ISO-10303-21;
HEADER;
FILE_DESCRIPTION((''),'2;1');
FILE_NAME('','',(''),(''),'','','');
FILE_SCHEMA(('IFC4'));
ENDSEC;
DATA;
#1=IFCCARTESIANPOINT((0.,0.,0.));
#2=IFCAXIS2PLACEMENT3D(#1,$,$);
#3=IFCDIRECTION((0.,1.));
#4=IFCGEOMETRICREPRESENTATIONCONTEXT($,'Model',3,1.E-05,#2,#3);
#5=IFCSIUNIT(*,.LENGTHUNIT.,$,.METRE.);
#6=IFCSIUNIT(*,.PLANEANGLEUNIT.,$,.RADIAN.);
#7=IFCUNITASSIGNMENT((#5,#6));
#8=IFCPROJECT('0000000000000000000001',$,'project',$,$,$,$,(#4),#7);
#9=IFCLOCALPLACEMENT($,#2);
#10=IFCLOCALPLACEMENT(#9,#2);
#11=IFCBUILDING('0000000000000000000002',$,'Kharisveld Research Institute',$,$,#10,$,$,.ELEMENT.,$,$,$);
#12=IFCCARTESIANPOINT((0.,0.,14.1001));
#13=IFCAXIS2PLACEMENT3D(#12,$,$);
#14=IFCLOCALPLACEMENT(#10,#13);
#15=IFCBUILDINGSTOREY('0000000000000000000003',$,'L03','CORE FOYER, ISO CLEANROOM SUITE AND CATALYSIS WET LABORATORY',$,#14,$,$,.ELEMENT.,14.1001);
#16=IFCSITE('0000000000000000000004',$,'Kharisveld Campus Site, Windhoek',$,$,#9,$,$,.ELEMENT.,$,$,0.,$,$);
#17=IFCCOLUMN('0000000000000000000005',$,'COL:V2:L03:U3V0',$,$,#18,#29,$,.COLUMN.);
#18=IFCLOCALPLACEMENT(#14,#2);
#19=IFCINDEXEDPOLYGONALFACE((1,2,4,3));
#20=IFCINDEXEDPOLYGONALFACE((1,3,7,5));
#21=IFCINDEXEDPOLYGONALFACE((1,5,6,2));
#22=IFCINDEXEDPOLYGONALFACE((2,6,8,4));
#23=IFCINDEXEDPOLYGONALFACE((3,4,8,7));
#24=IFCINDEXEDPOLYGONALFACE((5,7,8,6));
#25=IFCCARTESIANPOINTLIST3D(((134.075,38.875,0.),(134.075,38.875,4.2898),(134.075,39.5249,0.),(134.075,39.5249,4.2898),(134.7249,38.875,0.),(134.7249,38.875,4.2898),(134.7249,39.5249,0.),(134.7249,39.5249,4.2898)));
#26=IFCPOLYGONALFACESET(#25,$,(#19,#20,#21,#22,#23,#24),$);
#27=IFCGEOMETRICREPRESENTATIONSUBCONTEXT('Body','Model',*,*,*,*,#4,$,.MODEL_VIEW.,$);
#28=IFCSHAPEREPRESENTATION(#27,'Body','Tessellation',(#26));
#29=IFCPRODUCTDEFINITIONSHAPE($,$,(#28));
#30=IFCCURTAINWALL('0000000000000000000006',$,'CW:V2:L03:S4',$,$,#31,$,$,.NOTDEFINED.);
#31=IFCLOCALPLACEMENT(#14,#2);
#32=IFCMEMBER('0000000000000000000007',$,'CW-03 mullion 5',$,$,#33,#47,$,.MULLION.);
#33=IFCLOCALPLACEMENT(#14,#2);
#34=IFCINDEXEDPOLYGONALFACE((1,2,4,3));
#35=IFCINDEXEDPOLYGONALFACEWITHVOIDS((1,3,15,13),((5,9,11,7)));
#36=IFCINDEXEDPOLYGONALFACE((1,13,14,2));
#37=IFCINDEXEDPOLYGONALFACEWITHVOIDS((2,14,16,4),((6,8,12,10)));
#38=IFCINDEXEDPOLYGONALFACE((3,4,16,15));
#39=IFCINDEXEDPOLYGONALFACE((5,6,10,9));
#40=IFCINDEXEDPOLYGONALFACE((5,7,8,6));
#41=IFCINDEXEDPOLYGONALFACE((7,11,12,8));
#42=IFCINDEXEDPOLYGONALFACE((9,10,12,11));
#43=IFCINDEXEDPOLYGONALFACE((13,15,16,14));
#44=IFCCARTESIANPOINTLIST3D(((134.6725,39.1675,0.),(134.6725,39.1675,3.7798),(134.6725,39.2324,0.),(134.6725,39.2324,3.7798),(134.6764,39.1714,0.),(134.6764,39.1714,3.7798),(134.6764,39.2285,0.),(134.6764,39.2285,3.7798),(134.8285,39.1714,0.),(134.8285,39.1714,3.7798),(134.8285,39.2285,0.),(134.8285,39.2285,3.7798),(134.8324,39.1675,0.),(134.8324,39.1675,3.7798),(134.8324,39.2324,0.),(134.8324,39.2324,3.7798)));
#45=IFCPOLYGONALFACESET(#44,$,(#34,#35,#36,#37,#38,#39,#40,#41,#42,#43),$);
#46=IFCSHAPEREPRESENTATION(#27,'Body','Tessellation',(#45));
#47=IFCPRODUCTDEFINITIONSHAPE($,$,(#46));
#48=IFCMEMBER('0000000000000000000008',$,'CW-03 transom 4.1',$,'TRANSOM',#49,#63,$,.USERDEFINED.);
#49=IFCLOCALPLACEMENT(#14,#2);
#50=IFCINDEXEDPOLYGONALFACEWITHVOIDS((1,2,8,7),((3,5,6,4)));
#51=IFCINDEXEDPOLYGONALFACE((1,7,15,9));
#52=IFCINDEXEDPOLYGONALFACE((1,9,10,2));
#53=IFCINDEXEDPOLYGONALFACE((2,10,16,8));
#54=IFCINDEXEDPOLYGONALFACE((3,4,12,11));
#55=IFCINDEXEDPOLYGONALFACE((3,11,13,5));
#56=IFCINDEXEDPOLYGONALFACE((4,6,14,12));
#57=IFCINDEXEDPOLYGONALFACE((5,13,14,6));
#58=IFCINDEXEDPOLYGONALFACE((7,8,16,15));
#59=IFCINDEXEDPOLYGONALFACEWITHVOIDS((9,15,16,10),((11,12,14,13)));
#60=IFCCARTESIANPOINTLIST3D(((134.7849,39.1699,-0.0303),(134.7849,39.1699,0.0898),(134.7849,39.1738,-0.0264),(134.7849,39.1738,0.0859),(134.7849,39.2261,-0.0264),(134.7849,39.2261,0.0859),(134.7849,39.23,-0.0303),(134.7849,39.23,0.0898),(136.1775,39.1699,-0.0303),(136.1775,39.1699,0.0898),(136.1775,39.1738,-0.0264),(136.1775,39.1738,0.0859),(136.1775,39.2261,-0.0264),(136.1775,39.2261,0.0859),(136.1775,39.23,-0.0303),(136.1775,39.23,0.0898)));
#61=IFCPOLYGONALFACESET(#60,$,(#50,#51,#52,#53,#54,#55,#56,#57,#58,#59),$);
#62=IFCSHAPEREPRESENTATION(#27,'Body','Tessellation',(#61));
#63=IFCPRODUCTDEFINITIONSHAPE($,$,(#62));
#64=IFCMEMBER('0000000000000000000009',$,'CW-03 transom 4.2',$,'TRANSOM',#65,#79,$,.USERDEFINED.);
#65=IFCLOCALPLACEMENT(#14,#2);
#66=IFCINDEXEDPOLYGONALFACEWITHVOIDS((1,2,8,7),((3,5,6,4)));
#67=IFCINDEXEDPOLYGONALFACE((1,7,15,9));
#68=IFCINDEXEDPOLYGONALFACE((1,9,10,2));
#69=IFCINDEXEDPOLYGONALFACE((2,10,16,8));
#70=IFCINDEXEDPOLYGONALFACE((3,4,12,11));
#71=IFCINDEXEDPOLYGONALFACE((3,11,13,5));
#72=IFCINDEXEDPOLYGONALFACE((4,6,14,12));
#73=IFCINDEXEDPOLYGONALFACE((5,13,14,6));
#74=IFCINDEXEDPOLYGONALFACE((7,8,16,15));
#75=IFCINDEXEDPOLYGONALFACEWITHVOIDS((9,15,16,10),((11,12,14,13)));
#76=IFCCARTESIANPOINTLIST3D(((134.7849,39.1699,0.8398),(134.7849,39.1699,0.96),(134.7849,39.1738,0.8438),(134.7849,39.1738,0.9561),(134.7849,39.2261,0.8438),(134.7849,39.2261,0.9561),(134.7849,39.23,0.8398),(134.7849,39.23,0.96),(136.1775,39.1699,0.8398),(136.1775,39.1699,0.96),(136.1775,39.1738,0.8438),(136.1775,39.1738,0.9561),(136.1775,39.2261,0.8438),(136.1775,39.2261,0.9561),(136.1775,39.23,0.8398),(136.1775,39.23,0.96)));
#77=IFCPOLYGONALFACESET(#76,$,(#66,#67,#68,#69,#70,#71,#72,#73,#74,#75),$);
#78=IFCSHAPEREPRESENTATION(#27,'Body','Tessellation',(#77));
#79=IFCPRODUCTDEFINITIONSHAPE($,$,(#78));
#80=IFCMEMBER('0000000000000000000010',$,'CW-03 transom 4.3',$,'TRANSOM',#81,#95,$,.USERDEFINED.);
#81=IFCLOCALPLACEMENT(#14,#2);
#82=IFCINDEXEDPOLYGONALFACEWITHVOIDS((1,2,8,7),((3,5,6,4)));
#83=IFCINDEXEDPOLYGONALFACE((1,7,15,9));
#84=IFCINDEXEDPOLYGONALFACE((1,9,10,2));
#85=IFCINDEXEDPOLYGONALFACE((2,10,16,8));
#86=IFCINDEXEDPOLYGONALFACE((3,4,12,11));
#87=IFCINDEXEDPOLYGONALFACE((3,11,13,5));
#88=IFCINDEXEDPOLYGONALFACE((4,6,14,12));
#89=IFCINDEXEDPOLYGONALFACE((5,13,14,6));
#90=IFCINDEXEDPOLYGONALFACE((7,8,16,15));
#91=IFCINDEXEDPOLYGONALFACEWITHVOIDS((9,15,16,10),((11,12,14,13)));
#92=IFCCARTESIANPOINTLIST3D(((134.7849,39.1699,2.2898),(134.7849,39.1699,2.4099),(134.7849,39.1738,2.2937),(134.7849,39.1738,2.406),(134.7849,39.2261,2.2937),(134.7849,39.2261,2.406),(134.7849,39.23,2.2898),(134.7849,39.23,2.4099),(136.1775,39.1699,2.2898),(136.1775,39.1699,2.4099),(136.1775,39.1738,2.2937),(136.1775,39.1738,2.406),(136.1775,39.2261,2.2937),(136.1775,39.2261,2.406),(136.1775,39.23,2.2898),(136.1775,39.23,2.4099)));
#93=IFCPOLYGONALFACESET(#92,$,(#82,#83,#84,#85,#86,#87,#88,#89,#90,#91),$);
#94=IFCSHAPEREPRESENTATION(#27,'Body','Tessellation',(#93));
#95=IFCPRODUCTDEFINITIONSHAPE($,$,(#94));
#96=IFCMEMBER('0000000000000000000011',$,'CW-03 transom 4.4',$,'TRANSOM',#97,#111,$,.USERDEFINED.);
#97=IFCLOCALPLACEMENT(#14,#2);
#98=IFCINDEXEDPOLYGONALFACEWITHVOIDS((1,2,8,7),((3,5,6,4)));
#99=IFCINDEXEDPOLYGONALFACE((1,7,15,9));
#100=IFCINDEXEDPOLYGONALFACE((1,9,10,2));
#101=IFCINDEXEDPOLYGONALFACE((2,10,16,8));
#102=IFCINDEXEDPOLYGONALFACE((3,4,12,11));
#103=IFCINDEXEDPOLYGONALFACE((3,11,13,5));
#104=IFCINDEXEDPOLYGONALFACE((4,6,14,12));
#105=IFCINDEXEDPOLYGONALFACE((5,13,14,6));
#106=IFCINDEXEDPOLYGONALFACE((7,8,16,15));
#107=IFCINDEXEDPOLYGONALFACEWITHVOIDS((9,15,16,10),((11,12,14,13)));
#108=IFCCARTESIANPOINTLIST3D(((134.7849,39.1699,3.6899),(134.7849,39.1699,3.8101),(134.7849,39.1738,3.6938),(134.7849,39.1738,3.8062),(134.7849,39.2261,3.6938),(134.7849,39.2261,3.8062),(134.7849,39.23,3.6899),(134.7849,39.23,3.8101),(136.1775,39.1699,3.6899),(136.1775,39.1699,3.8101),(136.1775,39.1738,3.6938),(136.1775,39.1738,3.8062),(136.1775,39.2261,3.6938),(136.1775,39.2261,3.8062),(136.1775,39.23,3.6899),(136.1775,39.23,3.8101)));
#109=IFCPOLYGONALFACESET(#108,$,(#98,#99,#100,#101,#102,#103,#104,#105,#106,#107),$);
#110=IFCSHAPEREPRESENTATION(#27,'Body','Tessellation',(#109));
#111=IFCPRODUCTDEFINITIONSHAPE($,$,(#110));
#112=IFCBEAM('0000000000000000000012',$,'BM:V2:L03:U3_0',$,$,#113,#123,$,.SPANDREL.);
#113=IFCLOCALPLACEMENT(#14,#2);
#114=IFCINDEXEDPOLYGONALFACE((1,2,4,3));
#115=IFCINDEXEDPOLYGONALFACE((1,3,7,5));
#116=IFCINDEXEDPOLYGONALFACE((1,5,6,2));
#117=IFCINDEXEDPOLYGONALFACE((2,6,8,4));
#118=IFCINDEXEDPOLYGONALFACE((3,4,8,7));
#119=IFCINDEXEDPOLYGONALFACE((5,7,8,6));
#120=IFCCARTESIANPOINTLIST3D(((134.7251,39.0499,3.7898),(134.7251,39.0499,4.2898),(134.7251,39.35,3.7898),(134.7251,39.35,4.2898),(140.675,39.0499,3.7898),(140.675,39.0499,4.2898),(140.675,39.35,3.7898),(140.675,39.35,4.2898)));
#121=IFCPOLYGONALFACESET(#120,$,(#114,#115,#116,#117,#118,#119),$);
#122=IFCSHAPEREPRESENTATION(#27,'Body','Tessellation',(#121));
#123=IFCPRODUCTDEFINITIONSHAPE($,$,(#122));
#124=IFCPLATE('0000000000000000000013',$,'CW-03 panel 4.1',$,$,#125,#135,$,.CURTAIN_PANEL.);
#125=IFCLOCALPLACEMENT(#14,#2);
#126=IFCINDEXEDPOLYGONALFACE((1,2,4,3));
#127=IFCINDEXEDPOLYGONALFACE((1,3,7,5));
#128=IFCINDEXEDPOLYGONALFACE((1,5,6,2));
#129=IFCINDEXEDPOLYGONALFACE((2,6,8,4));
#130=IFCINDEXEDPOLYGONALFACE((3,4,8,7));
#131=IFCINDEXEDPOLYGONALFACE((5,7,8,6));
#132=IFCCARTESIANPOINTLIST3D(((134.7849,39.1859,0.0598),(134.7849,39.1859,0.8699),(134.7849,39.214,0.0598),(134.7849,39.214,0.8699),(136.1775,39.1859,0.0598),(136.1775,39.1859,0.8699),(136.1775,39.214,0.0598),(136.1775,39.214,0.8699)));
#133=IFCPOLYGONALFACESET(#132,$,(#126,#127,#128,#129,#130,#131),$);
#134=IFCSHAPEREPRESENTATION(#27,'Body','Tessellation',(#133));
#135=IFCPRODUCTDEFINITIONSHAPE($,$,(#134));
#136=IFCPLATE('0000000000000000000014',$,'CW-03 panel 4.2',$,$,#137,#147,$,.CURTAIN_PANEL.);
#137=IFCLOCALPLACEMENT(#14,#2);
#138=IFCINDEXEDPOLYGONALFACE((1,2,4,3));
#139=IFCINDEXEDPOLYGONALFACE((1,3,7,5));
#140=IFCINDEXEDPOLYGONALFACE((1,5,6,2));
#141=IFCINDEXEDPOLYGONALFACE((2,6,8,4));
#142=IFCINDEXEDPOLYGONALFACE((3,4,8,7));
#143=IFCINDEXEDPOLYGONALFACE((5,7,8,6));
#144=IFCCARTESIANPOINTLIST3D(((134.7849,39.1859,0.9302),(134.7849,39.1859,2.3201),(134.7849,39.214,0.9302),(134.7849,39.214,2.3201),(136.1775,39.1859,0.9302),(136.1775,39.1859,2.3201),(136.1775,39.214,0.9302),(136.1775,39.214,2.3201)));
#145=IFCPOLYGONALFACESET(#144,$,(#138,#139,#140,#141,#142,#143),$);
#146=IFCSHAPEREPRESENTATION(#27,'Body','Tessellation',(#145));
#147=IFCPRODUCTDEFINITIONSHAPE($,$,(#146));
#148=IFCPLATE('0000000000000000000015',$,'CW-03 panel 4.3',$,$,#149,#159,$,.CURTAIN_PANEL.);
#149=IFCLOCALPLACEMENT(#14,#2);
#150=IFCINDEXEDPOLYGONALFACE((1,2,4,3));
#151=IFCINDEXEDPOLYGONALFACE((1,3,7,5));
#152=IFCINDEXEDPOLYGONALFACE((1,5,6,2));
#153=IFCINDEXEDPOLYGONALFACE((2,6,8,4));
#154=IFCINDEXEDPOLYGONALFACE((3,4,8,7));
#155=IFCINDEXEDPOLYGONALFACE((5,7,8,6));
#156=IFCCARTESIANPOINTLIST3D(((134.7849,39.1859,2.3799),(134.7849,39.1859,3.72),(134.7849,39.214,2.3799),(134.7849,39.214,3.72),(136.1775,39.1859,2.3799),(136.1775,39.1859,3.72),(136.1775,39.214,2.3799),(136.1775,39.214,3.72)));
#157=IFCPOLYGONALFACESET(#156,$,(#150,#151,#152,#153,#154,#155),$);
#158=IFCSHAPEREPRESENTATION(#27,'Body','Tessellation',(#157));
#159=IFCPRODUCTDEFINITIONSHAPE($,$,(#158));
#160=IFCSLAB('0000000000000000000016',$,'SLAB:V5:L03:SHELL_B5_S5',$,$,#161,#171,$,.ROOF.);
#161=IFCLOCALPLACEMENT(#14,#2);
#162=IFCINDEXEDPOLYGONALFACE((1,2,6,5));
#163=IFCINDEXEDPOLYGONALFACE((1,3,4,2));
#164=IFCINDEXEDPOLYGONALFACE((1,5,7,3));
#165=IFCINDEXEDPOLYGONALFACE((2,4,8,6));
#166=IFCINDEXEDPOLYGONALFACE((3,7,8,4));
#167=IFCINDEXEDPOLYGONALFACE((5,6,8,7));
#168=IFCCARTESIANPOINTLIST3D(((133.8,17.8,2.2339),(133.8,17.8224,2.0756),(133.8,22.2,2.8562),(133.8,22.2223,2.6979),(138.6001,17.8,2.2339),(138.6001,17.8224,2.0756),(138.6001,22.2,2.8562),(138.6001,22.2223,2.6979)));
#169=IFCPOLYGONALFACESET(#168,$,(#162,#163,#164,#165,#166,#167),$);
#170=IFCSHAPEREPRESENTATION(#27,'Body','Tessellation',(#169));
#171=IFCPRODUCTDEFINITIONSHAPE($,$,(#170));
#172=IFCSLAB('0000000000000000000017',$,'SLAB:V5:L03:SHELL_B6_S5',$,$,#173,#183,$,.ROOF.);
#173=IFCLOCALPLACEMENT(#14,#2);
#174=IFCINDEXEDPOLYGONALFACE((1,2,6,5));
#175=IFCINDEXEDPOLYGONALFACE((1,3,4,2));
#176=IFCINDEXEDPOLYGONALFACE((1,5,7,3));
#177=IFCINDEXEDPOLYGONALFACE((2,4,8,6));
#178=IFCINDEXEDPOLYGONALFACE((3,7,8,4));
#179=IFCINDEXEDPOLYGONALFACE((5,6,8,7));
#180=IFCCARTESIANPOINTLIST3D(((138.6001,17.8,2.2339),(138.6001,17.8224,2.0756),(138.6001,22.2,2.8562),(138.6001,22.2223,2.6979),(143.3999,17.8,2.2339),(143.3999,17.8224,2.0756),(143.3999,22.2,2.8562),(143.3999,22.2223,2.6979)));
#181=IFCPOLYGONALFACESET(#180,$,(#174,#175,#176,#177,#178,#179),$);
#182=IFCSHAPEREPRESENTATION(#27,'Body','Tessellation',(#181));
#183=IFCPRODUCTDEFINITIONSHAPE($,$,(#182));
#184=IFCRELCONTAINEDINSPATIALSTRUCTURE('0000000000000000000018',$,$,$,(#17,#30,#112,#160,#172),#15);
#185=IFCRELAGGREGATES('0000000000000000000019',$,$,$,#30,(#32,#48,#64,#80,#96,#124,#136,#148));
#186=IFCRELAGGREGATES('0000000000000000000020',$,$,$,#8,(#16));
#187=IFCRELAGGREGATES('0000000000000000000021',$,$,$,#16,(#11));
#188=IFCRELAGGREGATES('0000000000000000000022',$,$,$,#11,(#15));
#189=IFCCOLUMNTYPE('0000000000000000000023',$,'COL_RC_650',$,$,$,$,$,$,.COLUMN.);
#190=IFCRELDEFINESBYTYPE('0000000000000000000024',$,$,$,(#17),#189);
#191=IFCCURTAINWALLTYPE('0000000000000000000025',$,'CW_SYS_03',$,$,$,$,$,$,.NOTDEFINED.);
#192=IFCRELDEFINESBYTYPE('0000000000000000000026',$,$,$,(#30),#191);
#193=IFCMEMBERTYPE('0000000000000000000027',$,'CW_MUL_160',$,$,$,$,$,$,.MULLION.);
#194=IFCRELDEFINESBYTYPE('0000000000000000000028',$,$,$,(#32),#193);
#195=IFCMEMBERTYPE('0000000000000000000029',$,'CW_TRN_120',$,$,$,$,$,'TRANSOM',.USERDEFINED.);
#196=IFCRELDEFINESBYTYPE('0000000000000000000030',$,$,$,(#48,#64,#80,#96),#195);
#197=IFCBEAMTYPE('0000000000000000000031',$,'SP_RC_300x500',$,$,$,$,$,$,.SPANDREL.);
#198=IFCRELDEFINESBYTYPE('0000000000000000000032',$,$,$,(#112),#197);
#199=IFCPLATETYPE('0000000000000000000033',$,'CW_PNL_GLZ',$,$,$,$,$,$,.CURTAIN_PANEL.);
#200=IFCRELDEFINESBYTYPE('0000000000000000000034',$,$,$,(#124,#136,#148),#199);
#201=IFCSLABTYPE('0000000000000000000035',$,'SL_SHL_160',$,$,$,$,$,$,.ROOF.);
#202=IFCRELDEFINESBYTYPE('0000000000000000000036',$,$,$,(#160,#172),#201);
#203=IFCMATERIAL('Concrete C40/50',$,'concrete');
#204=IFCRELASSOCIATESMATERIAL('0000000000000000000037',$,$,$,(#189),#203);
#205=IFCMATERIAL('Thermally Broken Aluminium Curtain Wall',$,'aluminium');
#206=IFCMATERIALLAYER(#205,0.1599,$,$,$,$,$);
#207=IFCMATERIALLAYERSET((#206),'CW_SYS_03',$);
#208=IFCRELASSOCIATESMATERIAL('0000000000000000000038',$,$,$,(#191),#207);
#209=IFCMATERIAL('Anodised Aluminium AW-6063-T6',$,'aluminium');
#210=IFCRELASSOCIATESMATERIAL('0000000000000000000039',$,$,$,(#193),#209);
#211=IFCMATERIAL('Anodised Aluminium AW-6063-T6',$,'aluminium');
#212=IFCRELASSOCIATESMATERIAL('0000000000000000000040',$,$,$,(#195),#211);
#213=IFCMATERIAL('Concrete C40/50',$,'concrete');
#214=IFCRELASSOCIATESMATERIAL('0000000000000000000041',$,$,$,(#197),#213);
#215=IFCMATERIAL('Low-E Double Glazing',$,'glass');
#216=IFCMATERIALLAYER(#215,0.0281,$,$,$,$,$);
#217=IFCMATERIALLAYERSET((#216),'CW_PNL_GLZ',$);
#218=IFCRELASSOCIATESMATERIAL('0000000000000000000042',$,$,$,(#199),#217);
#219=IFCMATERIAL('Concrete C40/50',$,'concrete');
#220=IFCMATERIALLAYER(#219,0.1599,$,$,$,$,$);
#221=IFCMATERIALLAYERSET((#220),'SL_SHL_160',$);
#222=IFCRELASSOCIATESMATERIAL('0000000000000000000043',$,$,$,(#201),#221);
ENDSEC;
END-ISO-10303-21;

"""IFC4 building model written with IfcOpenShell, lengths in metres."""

from ifc_helpers import new_model, si_unit, direction, frame, origin, origin_2d, place, context, subcontext, project, spatial, polyline, rectangle, hollow_rectangle, outline, extrude, material, layer, layer_set, material_profile, profile_set, type_object, element, aggregate, save


model = new_model("IFC4")

# Units and contexts
model_context = context("Model", 3, precision=1e-05, world=origin(), true_north=direction((0.0, 1.0)))
body_context = subcontext(model_context, "Body", "Model", "MODEL_VIEW")
ifc_project = project(units=[si_unit("LENGTHUNIT", "METRE"), si_unit("PLANEANGLEUNIT", "RADIAN")], contexts=[model_context])

# Site, building, storey
site_placement = place(None, origin())
site = spatial("IfcSite", under=ifc_project, at=site_placement, Name="Kharisveld Campus Site, Windhoek", CompositionType="ELEMENT", RefElevation=0.0)
building_placement = place(site_placement, origin())
building = spatial("IfcBuilding", under=site, at=building_placement, Name="Kharisveld Research Institute", CompositionType="ELEMENT")
storey_placement = place(building_placement, frame((0.0, 0.0, 14.1001)))
storey = spatial("IfcBuildingStorey", under=building, at=storey_placement, Name="L03", Description="CORE FOYER, ISO CLEANROOM SUITE AND CATALYSIS WET LABORATORY", CompositionType="ELEMENT", Elevation=14.1001)

# Column
ifc_material_1 = material(Name="Concrete C40/50", Category="concrete")
ifc_material_profile_1 = material_profile(ifc_material_1, rectangle(XDim=0.6499, YDim=0.6499, at=origin_2d()))
ifc_profile_set_1 = profile_set([ifc_material_profile_1], Name="Concrete C40/50")
column_type = type_object("IfcColumnType", Name="COL_RC_650", PredefinedType="COLUMN", material=ifc_profile_set_1)
column_placement = place(storey_placement, frame((134.3999, 39.2, 0.0), z_axis=(0.0, 0.0, 1.0), x_axis=(1.0, 0.0, 0.0)))
element("IfcColumn", 1, at=column_placement, inside=storey, type_object=column_type, Name="COL:V2:L03:U3V0", PredefinedType="COLUMN", context=body_context, shape_type="SweptSolid", body=[
    extrude(rectangle(XDim=0.6499, YDim=0.6499, at=origin_2d()), origin(), (0.0, 0.0, 1.0), 4.2898),
])

# Curtain wall, members
ifc_material_2 = material(Name="Thermally Broken Aluminium Curtain Wall", Category="aluminium")
ifc_layer_1 = layer(ifc_material_2, 0.1599)
ifc_layer_set_1 = layer_set([ifc_layer_1], Name="CW_SYS_03")
curtain_wall_type = type_object("IfcCurtainWallType", Name="CW_SYS_03", PredefinedType="NOTDEFINED", material=ifc_layer_set_1)
curtain_wall_placement = place(storey_placement, origin())
curtain_wall = element("IfcCurtainWall", 2, at=curtain_wall_placement, inside=storey, type_object=curtain_wall_type, Name="CW:V2:L03:S4", PredefinedType="NOTDEFINED")
ifc_material_3 = material(Name="Anodised Aluminium AW-6063-T6", Category="aluminium")
ifc_material_profile_2 = material_profile(ifc_material_3, hollow_rectangle(XDim=0.0649, YDim=0.1599, WallThickness=0.0039, at=origin_2d()))
ifc_profile_set_2 = profile_set([ifc_material_profile_2], Name="Anodised Aluminium AW-6063-T6")
member_type_1 = type_object("IfcMemberType", Name="CW_MUL_160", PredefinedType="MULLION", material=ifc_profile_set_2)
member_1_placement = place(storey_placement, frame((134.7524, 39.2, 0.0), z_axis=(0.0, 0.0, 1.0), x_axis=(0.0, -1.0, 0.0)))
member_1 = element("IfcMember", 3, at=member_1_placement, type_object=member_type_1, Name="CW-03 mullion 5", PredefinedType="MULLION", context=body_context, shape_type="SweptSolid", body=[
    extrude(hollow_rectangle(XDim=0.0649, YDim=0.1599, WallThickness=0.0039, at=origin_2d()), origin(), (0.0, 0.0, 1.0), 3.7798),
])
ifc_material_4 = material(Name="Anodised Aluminium AW-6063-T6", Category="aluminium")
ifc_material_profile_3 = material_profile(ifc_material_4, hollow_rectangle(XDim=0.0601, YDim=0.1201, WallThickness=0.0039, at=origin_2d()))
ifc_profile_set_3 = profile_set([ifc_material_profile_3], Name="Anodised Aluminium AW-6063-T6")
member_type_2 = type_object("IfcMemberType", Name="CW_TRN_120", ElementType="TRANSOM", PredefinedType="USERDEFINED", material=ifc_profile_set_3)
member_2_placement = place(storey_placement, frame((136.1775, 39.2, 0.0298), z_axis=(-1.0, 0.0, 0.0), x_axis=(0.0, -1.0, 0.0)))
member_2 = element("IfcMember", 4, at=member_2_placement, type_object=member_type_2, Name="CW-03 transom 4.1", ObjectType="TRANSOM", PredefinedType="USERDEFINED", context=body_context, shape_type="SweptSolid", body=[
    extrude(hollow_rectangle(XDim=0.0601, YDim=0.1201, WallThickness=0.0039, at=origin_2d()), origin(), (0.0, 0.0, 1.0), 1.3926),
])
member_3_placement = place(storey_placement, frame((136.1775, 39.2, 0.8999), z_axis=(-1.0, 0.0, 0.0), x_axis=(0.0, -1.0, 0.0)))
member_3 = element("IfcMember", 5, at=member_3_placement, type_object=member_type_2, Name="CW-03 transom 4.2", ObjectType="TRANSOM", PredefinedType="USERDEFINED", context=body_context, shape_type="SweptSolid", body=[
    extrude(hollow_rectangle(XDim=0.0601, YDim=0.1201, WallThickness=0.0039, at=origin_2d()), origin(), (0.0, 0.0, 1.0), 1.3926),
])
member_4_placement = place(storey_placement, frame((136.1775, 39.2, 2.3499), z_axis=(-1.0, 0.0, 0.0), x_axis=(0.0, -1.0, 0.0)))
member_4 = element("IfcMember", 6, at=member_4_placement, type_object=member_type_2, Name="CW-03 transom 4.3", ObjectType="TRANSOM", PredefinedType="USERDEFINED", context=body_context, shape_type="SweptSolid", body=[
    extrude(hollow_rectangle(XDim=0.0601, YDim=0.1201, WallThickness=0.0039, at=origin_2d()), origin(), (0.0, 0.0, 1.0), 1.3926),
])
member_5_placement = place(storey_placement, frame((136.1775, 39.2, 3.75), z_axis=(-1.0, 0.0, 0.0), x_axis=(0.0, -1.0, 0.0)))
member_5 = element("IfcMember", 7, at=member_5_placement, type_object=member_type_2, Name="CW-03 transom 4.4", ObjectType="TRANSOM", PredefinedType="USERDEFINED", context=body_context, shape_type="SweptSolid", body=[
    extrude(hollow_rectangle(XDim=0.0601, YDim=0.1201, WallThickness=0.0039, at=origin_2d()), origin(), (0.0, 0.0, 1.0), 1.3926),
])

# Beam
ifc_material_5 = material(Name="Concrete C40/50", Category="concrete")
ifc_material_profile_4 = material_profile(ifc_material_5, rectangle(XDim=0.3, YDim=0.5, at=origin_2d()))
ifc_profile_set_4 = profile_set([ifc_material_profile_4], Name="Concrete C40/50")
beam_type = type_object("IfcBeamType", Name="SP_RC_300x500", PredefinedType="SPANDREL", material=ifc_profile_set_4)
beam_placement = place(storey_placement, frame((134.7251, 39.2, 4.0398), z_axis=(1.0, 0.0, 0.0), x_axis=(0.0, 1.0, 0.0)))
element("IfcBeam", 8, at=beam_placement, inside=storey, type_object=beam_type, Name="BM:V2:L03:U3_0", PredefinedType="SPANDREL", context=body_context, shape_type="SweptSolid", body=[
    extrude(rectangle(XDim=0.3, YDim=0.5, at=origin_2d()), origin(), (0.0, 0.0, 1.0), 5.95),
])

# Plates
ifc_material_6 = material(Name="Low-E Double Glazing", Category="glass")
ifc_layer_2 = layer(ifc_material_6, 0.0281)
ifc_layer_set_2 = layer_set([ifc_layer_2], Name="CW_PNL_GLZ")
plate_type = type_object("IfcPlateType", Name="CW_PNL_GLZ", PredefinedType="CURTAIN_PANEL", material=ifc_layer_set_2)
plate_1_placement = place(storey_placement, frame((135.4812, 39.2, 0.0598), z_axis=(0.0, 0.0, 1.0), x_axis=(-1.0, 0.0, 0.0)))
plate_1 = element("IfcPlate", 9, at=plate_1_placement, type_object=plate_type, Name="CW-03 panel 4.1", PredefinedType="CURTAIN_PANEL", context=body_context, shape_type="SweptSolid", body=[
    extrude(rectangle(XDim=1.3926, YDim=0.0281, at=origin_2d()), origin(), (0.0, 0.0, 1.0), 0.8101),
])
plate_2_placement = place(storey_placement, frame((135.4812, 39.2, 0.9302), z_axis=(0.0, 0.0, 1.0), x_axis=(-1.0, 0.0, 0.0)))
plate_2 = element("IfcPlate", 10, at=plate_2_placement, type_object=plate_type, Name="CW-03 panel 4.2", PredefinedType="CURTAIN_PANEL", context=body_context, shape_type="SweptSolid", body=[
    extrude(rectangle(XDim=1.3926, YDim=0.0281, at=origin_2d()), origin(), (0.0, 0.0, 1.0), 1.3899),
])
plate_3_placement = place(storey_placement, frame((135.4812, 39.2, 2.3799), z_axis=(0.0, 0.0, 1.0), x_axis=(-1.0, 0.0, 0.0)))
plate_3 = element("IfcPlate", 11, at=plate_3_placement, type_object=plate_type, Name="CW-03 panel 4.3", PredefinedType="CURTAIN_PANEL", context=body_context, shape_type="SweptSolid", body=[
    extrude(rectangle(XDim=1.3926, YDim=0.0281, at=origin_2d()), origin(), (0.0, 0.0, 1.0), 1.3401),
])
aggregate(curtain_wall, [member_1, member_2, member_3, member_4, member_5, plate_1, plate_2, plate_3])

# Slabs
ifc_material_7 = material(Name="Concrete C40/50", Category="concrete")
ifc_layer_3 = layer(ifc_material_7, 0.1599)
ifc_layer_set_3 = layer_set([ifc_layer_3], Name="SL_SHL_160")
slab_type_1 = type_object("IfcSlabType", Name="SL_SHL_160", PredefinedType="ROOF", material=ifc_layer_set_3)
slab_1_placement = place(storey_placement, frame((133.8, 17.8, 2.2339), z_axis=(0.0, -0.140044, 0.990145), x_axis=(1.0, 0.0, 0.0)))
element("IfcSlab", 12, at=slab_1_placement, inside=storey, type_object=slab_type_1, Name="SLAB:V5:L03:SHELL_B5_S5", PredefinedType="ROOF", context=body_context, shape_type="SweptSolid", body=[
    extrude(outline(polyline([(0.0, 0.0), (4.8, 0.0), (4.8, 4.4437), (0.0, 4.4437), (0.0, 0.0)])), origin(), (0.0, 0.0, -1.0), 0.1599),
])
slab_2_placement = place(storey_placement, frame((138.6001, 17.8, 2.2339), z_axis=(0.0, -0.140044, 0.990145), x_axis=(1.0, 0.0, 0.0)))
element("IfcSlab", 13, at=slab_2_placement, inside=storey, type_object=slab_type_1, Name="SLAB:V5:L03:SHELL_B6_S5", PredefinedType="ROOF", context=body_context, shape_type="SweptSolid", body=[
    extrude(outline(polyline([(0.0, 0.0), (4.7998, 0.0), (4.7998, 4.4437), (0.0, 4.4437), (0.0, 0.0)])), origin(), (0.0, 0.0, -1.0), 0.1599),
])

save(model, "model.ifc")
